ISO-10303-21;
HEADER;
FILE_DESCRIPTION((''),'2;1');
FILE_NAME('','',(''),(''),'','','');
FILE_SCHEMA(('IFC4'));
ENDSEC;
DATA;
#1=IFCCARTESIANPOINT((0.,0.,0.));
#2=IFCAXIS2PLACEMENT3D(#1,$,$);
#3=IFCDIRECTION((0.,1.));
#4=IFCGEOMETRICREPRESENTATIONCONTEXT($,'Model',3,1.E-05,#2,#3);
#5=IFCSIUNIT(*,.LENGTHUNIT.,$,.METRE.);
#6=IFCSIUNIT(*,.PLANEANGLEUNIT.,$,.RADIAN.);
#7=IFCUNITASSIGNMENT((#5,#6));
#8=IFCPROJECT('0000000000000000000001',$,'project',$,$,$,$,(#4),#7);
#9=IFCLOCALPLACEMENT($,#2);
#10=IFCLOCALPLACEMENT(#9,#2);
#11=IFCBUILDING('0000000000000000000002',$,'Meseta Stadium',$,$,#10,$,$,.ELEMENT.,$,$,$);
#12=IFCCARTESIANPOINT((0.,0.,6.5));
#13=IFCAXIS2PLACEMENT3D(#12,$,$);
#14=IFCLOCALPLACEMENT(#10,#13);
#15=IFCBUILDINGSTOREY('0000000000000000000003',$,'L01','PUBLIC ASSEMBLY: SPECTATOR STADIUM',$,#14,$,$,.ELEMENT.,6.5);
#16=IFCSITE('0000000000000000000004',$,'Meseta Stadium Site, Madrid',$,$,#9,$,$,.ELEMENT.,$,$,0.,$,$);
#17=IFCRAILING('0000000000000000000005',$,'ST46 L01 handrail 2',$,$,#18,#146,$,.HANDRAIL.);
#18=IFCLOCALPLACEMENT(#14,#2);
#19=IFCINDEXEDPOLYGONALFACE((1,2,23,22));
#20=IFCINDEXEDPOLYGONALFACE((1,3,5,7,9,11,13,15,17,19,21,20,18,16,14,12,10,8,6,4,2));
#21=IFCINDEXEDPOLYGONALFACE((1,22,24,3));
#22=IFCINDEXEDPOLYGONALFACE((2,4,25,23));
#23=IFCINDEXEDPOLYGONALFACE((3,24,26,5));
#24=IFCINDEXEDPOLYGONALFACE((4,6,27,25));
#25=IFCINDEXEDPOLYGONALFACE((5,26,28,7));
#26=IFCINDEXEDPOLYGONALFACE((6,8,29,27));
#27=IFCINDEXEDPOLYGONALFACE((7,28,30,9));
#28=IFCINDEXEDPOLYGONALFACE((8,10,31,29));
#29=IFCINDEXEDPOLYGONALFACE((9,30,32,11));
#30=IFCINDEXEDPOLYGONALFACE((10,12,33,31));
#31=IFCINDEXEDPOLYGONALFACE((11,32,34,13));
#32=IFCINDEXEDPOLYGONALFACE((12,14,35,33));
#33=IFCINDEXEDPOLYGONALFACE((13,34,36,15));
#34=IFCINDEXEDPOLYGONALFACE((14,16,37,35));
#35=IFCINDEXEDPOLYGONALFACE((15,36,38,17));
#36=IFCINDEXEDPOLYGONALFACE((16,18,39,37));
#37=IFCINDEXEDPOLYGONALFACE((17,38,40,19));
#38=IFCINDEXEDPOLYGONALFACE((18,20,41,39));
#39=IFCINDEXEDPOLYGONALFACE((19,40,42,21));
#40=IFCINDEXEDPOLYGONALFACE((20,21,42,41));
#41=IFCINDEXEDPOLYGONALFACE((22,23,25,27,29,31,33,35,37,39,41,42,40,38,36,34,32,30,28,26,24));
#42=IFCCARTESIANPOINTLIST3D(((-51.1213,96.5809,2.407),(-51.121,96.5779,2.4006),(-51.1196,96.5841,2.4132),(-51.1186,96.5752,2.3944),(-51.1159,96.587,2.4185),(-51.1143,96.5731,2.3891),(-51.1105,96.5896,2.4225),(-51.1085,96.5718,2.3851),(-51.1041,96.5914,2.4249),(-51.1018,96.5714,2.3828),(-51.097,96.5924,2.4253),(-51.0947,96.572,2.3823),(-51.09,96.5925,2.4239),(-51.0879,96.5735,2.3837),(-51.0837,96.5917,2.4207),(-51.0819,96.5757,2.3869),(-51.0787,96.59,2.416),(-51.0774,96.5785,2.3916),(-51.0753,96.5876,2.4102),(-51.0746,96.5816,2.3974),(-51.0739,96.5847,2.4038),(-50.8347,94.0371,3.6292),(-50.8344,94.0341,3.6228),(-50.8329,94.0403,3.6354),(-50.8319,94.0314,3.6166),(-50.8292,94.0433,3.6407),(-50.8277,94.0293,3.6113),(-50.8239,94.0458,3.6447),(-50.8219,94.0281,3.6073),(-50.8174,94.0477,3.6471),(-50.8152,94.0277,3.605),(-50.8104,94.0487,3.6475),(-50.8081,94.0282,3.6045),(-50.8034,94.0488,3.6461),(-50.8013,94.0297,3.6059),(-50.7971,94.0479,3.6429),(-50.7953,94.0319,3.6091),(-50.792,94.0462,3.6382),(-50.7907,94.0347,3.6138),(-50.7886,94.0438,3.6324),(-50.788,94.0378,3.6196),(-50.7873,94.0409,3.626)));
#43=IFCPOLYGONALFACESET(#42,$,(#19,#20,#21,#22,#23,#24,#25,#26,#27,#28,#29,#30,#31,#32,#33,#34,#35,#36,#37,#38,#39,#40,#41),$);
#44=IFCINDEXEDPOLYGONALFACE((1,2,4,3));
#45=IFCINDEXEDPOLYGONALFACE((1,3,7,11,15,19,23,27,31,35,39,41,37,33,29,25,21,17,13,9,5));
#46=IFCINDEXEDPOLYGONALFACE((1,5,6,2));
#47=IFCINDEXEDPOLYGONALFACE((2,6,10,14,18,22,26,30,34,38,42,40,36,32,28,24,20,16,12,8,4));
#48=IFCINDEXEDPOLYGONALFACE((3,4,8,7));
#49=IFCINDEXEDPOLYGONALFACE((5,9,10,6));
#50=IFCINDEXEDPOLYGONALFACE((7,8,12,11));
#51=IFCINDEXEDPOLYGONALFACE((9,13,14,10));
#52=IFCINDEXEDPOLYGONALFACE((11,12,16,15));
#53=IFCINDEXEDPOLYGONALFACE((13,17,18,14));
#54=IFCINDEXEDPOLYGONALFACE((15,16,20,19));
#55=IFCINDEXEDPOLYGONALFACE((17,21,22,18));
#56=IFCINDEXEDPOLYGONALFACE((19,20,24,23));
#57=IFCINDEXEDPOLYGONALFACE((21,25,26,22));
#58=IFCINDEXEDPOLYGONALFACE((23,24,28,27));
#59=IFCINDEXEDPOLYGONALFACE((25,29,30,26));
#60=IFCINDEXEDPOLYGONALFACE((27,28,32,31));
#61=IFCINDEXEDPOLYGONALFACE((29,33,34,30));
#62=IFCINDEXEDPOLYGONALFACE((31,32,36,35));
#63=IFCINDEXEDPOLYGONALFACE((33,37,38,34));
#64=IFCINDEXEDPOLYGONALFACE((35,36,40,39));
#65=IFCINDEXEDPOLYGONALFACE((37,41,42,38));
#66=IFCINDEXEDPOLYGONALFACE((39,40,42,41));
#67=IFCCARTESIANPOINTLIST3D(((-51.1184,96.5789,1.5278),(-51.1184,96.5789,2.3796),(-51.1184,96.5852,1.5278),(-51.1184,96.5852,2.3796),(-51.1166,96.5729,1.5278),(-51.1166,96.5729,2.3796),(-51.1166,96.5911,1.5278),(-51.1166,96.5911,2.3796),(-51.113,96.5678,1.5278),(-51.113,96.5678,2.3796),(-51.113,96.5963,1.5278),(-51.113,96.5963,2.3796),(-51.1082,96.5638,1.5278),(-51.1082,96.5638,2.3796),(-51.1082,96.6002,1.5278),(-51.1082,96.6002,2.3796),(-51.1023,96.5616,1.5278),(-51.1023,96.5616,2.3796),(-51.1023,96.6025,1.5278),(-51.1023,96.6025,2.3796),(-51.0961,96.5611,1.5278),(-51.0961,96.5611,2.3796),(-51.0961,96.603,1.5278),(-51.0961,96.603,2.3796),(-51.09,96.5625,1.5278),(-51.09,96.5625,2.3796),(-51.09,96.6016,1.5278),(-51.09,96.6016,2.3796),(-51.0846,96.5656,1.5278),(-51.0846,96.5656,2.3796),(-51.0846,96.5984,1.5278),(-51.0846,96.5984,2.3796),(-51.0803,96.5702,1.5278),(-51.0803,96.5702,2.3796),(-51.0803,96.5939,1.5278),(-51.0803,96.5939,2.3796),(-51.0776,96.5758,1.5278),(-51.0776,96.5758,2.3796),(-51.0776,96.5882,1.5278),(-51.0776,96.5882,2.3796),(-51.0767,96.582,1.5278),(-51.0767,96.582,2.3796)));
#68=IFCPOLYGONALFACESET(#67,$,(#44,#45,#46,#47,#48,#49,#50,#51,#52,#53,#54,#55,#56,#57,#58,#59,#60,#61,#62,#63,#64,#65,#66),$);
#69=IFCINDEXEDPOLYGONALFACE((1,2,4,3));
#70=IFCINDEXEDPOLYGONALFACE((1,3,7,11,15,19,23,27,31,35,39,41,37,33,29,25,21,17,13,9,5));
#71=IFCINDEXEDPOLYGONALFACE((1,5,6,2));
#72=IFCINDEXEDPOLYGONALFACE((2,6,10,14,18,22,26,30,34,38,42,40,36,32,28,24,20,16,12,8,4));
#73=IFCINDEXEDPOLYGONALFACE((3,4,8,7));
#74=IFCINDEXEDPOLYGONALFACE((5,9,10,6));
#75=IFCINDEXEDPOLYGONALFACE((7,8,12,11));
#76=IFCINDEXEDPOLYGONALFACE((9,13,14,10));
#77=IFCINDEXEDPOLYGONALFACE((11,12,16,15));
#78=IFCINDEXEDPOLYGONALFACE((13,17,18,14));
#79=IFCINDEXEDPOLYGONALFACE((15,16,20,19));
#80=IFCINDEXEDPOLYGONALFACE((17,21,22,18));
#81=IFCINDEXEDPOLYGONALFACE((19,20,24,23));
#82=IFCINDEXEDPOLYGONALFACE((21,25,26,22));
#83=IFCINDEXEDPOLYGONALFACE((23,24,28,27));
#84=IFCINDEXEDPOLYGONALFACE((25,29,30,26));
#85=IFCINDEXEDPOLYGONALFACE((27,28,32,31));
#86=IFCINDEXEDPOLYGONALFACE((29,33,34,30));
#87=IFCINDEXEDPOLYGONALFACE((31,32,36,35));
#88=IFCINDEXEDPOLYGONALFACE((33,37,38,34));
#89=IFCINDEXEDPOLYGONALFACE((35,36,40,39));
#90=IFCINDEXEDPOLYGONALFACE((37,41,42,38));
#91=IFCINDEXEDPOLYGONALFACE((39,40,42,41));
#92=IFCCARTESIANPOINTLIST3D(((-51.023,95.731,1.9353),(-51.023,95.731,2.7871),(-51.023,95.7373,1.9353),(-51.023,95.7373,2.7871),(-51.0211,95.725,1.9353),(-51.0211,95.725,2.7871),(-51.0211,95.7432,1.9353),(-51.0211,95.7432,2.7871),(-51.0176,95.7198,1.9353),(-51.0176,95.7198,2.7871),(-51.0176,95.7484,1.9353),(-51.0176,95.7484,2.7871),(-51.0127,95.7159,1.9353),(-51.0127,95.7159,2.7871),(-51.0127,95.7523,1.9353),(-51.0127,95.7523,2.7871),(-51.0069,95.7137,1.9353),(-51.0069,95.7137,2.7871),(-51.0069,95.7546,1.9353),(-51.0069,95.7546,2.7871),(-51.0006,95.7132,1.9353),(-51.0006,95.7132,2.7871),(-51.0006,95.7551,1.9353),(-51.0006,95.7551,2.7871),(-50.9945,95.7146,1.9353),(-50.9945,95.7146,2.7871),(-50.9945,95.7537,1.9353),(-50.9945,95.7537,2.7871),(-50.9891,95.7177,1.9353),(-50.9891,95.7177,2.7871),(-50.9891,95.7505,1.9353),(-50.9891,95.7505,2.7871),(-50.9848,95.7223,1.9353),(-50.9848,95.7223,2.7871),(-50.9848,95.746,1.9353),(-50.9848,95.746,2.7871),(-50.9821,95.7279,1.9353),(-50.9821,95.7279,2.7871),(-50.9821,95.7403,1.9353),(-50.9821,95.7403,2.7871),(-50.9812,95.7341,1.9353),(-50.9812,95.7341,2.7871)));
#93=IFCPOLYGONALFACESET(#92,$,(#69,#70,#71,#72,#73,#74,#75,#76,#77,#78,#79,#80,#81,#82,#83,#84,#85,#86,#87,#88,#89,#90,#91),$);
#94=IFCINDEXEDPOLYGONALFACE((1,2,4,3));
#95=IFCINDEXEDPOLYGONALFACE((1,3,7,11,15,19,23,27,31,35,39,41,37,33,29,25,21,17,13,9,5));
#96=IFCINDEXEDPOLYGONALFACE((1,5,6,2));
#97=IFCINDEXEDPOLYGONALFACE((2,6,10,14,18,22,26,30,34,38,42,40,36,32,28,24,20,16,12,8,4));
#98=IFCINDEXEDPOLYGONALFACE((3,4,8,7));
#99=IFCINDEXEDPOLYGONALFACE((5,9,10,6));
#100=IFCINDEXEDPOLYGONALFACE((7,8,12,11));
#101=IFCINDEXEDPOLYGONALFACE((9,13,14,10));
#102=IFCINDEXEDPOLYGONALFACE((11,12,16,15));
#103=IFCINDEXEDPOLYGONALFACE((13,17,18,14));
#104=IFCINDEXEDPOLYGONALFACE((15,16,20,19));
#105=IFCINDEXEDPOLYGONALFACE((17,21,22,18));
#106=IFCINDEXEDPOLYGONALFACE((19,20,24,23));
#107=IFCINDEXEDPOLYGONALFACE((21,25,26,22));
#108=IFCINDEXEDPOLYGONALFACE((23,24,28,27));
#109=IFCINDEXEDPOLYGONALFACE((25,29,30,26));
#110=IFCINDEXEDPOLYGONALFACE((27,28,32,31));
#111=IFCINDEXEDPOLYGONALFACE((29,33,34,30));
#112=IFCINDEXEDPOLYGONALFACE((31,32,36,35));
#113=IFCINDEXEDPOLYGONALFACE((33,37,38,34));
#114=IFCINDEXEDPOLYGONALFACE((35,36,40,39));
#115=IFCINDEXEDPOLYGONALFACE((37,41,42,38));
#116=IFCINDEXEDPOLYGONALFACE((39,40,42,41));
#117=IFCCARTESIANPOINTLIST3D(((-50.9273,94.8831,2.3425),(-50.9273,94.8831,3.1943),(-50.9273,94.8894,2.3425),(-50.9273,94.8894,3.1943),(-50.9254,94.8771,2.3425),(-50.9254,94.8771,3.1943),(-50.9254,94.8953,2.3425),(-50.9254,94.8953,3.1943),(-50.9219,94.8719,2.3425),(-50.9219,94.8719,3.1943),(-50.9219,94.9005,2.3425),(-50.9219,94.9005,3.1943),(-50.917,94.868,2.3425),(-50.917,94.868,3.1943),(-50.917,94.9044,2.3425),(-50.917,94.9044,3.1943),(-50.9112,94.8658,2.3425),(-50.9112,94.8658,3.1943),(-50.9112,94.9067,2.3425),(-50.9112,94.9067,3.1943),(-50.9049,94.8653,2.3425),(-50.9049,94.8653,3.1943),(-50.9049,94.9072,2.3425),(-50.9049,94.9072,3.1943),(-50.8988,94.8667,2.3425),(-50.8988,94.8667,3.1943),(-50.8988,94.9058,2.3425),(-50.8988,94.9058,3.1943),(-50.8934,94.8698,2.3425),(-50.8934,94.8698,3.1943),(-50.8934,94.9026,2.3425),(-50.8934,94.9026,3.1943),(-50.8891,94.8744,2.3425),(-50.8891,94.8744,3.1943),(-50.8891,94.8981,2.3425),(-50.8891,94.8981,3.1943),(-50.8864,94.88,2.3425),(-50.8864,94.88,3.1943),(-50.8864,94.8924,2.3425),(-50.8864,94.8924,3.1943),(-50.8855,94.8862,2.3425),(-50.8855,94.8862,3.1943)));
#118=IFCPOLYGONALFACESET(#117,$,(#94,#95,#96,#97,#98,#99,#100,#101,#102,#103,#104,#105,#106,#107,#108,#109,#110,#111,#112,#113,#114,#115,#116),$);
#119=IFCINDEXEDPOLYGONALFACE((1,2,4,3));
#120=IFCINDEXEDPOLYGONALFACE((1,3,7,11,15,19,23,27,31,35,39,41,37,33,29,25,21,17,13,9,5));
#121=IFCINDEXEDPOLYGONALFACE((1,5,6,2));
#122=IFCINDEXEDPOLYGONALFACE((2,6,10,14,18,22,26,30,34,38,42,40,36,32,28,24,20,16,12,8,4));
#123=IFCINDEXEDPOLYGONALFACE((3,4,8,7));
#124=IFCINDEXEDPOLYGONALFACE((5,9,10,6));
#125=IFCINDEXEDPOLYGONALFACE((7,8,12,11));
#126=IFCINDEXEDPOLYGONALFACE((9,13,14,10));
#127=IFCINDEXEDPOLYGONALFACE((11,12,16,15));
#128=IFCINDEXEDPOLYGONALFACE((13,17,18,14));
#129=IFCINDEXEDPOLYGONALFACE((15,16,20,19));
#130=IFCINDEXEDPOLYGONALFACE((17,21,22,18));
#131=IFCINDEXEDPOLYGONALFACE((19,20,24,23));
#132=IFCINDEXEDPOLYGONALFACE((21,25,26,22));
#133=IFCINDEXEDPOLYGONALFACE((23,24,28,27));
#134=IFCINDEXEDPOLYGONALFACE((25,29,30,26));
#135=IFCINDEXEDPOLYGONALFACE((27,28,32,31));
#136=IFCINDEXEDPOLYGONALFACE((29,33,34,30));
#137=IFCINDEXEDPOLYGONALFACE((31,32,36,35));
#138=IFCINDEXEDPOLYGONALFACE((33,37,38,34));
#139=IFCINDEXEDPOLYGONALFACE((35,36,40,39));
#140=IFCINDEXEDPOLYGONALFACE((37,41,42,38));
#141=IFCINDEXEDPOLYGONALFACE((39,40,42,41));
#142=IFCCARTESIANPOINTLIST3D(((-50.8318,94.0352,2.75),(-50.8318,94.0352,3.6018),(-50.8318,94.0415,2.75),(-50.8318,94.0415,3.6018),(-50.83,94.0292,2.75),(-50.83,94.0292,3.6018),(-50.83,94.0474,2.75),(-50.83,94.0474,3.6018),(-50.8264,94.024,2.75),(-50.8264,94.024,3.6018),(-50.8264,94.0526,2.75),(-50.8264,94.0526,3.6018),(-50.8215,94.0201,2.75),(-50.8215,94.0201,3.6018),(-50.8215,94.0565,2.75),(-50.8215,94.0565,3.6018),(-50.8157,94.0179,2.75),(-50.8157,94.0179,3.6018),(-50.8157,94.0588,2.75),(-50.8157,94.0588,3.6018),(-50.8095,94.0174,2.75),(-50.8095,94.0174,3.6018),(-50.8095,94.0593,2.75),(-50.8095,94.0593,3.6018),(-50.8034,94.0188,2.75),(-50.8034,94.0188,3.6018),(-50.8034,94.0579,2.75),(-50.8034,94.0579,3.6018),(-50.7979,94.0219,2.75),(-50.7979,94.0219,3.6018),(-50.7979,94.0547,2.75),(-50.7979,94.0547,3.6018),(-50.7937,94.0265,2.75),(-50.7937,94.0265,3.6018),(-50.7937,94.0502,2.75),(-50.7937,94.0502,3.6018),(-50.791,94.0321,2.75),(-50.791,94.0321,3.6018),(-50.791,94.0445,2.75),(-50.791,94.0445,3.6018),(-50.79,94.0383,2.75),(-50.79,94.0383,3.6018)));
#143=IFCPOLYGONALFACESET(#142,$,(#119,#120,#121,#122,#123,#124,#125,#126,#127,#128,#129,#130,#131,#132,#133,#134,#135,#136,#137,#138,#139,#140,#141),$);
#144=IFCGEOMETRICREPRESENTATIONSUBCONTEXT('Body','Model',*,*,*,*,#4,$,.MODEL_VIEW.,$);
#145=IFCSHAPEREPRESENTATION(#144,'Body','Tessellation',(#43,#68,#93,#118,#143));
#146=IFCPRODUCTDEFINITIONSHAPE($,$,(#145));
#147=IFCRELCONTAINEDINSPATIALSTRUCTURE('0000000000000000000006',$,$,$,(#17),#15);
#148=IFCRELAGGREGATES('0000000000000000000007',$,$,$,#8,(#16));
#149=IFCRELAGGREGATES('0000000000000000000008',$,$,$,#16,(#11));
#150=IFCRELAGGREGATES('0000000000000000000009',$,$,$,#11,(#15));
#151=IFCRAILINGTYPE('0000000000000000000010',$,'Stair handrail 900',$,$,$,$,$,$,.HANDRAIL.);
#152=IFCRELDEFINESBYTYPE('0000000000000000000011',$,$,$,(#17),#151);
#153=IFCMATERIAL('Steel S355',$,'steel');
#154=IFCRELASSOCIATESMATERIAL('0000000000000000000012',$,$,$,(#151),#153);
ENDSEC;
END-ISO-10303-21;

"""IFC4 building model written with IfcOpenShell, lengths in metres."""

from ifc_helpers import new_model, si_unit, direction, frame, origin, origin_2d, place, context, subcontext, project, spatial, circle, extrude, material, type_object, element, save


model = new_model("IFC4")

# Units and contexts
model_context = context("Model", 3, precision=1e-05, world=origin(), true_north=direction((0.0, 1.0)))
body_context = subcontext(model_context, "Body", "Model", "MODEL_VIEW")
ifc_project = project(units=[si_unit("LENGTHUNIT", "METRE"), si_unit("PLANEANGLEUNIT", "RADIAN")], contexts=[model_context])

# Site, building, storey
site_placement = place(None, origin())
site = spatial("IfcSite", under=ifc_project, at=site_placement, Name="Meseta Stadium Site, Madrid", CompositionType="ELEMENT", RefElevation=0.0)
building_placement = place(site_placement, origin())
building = spatial("IfcBuilding", under=site, at=building_placement, Name="Meseta Stadium", CompositionType="ELEMENT")
storey_placement = place(building_placement, frame((0.0, 0.0, 6.5)))
storey = spatial("IfcBuildingStorey", under=building, at=storey_placement, Name="L01", Description="PUBLIC ASSEMBLY: SPECTATOR STADIUM", CompositionType="ELEMENT", Elevation=6.5)

# Railing
ifc_material_1 = material(Name="Steel S355", Category="steel")
railing_type_1 = type_object("IfcRailingType", Name="Stair handrail 900", PredefinedType="HANDRAIL", material=ifc_material_1)
for number, where, name in (
    (1, (-51.0977, 96.582, 1.5278), "ST46 L01 handrail 2"),
):
    element("IfcRailing", number, at=place(storey_placement, frame(where)), inside=storey, type_object=railing_type_1, Name=name, PredefinedType="HANDRAIL", context=body_context, shape_type="SweptSolid", body=[
        extrude(circle(Radius=0.0239, at=origin_2d()), frame((0.0, 0.0, 0.876), z_axis=(0.101044, -0.896745, 0.430858), x_axis=(0.993712, 0.11197, 0.0)), (0.0, 0.0, 1.0), 2.8367),
        extrude(circle(Radius=0.021, at=origin_2d()), origin(), (0.0, 0.0, 1.0), 0.8518),
        extrude(circle(Radius=0.021, at=origin_2d()), frame((0.0955, -0.8479, 0.4075)), (0.0, 0.0, 1.0), 0.8518),
        extrude(circle(Radius=0.021, at=origin_2d()), frame((0.1912, -1.6958, 0.8147)), (0.0, 0.0, 1.0), 0.8518),
        extrude(circle(Radius=0.021, at=origin_2d()), frame((0.2866, -2.5437, 1.2222)), (0.0, 0.0, 1.0), 0.8518),
    ])

save(model, "model.ifc")
